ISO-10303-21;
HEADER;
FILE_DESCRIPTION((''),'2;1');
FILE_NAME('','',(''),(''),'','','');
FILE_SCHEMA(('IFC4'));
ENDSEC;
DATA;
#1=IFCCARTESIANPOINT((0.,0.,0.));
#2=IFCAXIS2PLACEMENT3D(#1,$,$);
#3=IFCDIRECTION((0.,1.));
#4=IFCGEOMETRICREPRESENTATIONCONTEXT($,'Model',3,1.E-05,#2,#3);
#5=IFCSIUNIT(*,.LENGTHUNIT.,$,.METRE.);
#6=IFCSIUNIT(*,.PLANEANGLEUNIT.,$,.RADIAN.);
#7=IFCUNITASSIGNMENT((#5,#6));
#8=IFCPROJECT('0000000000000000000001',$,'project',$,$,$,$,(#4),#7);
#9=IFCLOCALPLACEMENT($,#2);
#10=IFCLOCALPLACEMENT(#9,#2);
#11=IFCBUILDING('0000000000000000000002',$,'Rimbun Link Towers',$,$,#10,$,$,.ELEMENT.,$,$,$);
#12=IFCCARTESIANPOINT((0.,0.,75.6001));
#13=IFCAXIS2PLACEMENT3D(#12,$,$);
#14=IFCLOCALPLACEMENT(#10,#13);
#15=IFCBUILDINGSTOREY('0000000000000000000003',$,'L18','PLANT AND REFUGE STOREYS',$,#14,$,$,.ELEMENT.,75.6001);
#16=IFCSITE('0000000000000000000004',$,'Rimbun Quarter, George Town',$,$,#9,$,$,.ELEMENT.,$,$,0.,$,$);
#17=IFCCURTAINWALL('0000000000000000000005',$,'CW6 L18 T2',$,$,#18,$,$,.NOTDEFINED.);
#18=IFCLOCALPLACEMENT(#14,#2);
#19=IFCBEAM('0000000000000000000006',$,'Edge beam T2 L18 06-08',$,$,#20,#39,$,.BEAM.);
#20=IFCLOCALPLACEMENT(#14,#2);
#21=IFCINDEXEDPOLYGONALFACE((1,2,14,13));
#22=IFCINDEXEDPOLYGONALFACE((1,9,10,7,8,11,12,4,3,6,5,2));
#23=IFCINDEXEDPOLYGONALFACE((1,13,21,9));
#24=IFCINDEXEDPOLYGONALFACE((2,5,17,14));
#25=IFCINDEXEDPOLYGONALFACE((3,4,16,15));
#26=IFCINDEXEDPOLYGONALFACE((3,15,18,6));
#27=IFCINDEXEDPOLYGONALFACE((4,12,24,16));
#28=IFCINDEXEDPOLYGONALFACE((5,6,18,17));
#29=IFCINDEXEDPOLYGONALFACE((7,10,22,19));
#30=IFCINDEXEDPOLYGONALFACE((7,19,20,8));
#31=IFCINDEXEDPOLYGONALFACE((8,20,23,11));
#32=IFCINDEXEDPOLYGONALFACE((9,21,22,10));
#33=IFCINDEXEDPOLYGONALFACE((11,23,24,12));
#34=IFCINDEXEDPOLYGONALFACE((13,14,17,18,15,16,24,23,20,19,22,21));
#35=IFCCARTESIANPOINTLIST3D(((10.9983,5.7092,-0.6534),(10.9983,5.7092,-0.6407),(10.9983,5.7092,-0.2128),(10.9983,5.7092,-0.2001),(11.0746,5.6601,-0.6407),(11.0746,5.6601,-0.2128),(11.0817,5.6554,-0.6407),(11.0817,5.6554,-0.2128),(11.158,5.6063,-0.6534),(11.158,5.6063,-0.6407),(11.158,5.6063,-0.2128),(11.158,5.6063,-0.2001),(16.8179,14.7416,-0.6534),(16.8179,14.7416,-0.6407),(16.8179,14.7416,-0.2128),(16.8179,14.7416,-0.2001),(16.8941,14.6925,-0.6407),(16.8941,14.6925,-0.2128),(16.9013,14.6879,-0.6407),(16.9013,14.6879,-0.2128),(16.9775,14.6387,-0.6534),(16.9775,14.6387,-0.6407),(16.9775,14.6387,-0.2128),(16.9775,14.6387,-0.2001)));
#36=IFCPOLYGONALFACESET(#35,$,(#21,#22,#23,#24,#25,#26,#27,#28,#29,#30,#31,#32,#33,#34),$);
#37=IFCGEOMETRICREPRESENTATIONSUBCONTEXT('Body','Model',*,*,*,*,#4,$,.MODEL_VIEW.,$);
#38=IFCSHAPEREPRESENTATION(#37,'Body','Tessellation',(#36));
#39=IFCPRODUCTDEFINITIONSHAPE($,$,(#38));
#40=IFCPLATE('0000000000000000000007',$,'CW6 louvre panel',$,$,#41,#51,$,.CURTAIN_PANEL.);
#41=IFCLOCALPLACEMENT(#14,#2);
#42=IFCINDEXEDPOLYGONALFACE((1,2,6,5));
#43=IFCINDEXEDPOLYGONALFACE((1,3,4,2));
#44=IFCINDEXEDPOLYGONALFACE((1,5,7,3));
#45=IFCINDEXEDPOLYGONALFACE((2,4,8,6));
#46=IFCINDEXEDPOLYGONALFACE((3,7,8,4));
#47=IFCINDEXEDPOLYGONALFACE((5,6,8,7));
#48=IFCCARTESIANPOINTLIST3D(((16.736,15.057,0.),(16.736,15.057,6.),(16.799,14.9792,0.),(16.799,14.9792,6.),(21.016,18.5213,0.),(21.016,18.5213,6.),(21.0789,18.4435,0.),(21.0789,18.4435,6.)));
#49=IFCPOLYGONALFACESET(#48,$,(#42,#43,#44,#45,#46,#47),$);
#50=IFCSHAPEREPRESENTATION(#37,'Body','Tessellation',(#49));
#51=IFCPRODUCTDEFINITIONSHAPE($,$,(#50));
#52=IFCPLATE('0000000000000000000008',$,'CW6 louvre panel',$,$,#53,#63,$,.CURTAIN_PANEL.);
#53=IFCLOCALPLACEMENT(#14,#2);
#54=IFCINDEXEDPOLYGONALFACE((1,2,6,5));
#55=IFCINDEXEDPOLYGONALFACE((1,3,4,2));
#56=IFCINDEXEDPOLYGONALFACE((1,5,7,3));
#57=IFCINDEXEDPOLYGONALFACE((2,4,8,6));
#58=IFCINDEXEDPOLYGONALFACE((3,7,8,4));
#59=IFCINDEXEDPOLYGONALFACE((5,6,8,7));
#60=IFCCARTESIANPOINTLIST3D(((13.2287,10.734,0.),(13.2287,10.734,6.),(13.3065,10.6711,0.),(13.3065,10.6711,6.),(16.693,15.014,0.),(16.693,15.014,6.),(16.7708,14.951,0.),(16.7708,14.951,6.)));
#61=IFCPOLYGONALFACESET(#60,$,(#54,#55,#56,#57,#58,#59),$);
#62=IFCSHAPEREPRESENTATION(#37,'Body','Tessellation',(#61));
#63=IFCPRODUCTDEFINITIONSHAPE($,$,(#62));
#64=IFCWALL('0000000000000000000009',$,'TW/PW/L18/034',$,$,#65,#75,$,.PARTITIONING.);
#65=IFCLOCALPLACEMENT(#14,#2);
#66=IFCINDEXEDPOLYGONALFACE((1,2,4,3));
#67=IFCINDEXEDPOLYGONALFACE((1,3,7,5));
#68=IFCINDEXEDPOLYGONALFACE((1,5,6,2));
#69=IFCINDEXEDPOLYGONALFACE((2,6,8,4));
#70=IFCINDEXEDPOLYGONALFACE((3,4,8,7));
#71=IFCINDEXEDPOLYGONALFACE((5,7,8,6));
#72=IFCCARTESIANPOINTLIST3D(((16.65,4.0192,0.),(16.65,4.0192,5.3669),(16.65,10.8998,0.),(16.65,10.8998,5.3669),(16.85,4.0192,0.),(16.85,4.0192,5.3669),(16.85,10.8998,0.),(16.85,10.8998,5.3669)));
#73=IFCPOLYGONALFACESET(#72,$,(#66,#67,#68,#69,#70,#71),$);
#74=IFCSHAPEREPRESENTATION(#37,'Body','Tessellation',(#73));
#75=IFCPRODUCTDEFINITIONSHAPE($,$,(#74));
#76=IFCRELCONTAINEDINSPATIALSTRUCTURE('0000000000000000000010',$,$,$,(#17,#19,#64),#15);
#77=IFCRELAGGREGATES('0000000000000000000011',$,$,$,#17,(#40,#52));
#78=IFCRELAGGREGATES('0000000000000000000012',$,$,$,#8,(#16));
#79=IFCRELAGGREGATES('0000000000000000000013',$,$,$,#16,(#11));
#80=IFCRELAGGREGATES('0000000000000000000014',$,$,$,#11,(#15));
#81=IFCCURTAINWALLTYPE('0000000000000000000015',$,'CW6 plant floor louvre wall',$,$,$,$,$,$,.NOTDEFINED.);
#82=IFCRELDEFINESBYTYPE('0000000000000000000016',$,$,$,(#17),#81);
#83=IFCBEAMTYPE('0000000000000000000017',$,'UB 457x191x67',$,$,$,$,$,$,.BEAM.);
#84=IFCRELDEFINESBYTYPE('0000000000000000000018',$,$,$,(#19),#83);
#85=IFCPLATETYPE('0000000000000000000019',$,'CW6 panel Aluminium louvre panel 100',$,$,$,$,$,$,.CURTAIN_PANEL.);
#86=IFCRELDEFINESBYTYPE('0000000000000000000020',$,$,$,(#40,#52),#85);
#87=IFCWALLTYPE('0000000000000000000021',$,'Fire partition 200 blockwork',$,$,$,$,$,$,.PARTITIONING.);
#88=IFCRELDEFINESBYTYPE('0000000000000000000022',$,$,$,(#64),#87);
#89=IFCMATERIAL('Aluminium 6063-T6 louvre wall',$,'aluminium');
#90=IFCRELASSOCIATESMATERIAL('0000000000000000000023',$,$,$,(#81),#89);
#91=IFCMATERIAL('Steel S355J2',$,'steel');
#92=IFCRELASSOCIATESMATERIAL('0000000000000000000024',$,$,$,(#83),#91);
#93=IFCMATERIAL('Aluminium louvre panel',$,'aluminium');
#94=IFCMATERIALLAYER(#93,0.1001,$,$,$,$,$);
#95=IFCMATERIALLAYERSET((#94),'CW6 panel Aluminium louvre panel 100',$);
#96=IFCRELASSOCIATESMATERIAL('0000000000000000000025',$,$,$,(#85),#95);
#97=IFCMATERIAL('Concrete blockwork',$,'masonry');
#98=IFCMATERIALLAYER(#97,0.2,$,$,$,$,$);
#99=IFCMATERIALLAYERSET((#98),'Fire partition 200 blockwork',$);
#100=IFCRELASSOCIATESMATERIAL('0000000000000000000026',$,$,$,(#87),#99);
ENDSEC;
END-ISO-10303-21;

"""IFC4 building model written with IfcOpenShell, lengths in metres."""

from ifc_helpers import new_model, si_unit, direction, frame, frame_2d, origin, origin_2d, place, context, subcontext, project, spatial, rectangle, i_section, extrude, material, layer, layer_set, material_profile, profile_set, type_object, element, aggregate, save


model = new_model("IFC4")

# Units and contexts
model_context = context("Model", 3, precision=1e-05, world=origin(), true_north=direction((0.0, 1.0)))
body_context = subcontext(model_context, "Body", "Model", "MODEL_VIEW")
ifc_project = project(units=[si_unit("LENGTHUNIT", "METRE"), si_unit("PLANEANGLEUNIT", "RADIAN")], contexts=[model_context])

# Site, building, storey
site_placement = place(None, origin())
site = spatial("IfcSite", under=ifc_project, at=site_placement, Name="Rimbun Quarter, George Town", CompositionType="ELEMENT", RefElevation=0.0)
building_placement = place(site_placement, origin())
building = spatial("IfcBuilding", under=site, at=building_placement, Name="Rimbun Link Towers", CompositionType="ELEMENT")
storey_placement = place(building_placement, frame((0.0, 0.0, 75.6001)))
storey = spatial("IfcBuildingStorey", under=building, at=storey_placement, Name="L18", Description="PLANT AND REFUGE STOREYS", CompositionType="ELEMENT", Elevation=75.6001)

# Curtain wall
ifc_material_1 = material(Name="Aluminium 6063-T6 louvre wall", Category="aluminium")
curtain_wall_type = type_object("IfcCurtainWallType", Name="CW6 plant floor louvre wall", PredefinedType="NOTDEFINED", material=ifc_material_1)
curtain_wall_placement = place(storey_placement, origin())
curtain_wall = element("IfcCurtainWall", 1, at=curtain_wall_placement, inside=storey, type_object=curtain_wall_type, Name="CW6 L18 T2", PredefinedType="NOTDEFINED")

# Beam
ifc_material_2 = material(Name="Steel S355J2", Category="steel")
ifc_material_profile_1 = material_profile(ifc_material_2, i_section(OverallWidth=0.1899, OverallDepth=0.4534, WebThickness=0.0085, FlangeThickness=0.0127, at=origin_2d()), Name="UB 457x191x67")
ifc_profile_set_1 = profile_set([ifc_material_profile_1], Name="Steel S355J2")
beam_type_1 = type_object("IfcBeamType", Name="UB 457x191x67", PredefinedType="BEAM", material=ifc_profile_set_1)
beam_1_placement = place(storey_placement, frame((16.8977, 14.6902, -0.4268), z_axis=(-0.541613, -0.840628, 0.0), x_axis=(0.840628, -0.541613, 0.0)))
element("IfcBeam", 2, at=beam_1_placement, inside=storey, type_object=beam_type_1, Name="Edge beam T2 L18 06-08", PredefinedType="BEAM", context=body_context, shape_type="SweptSolid", body=[
    extrude(i_section(OverallWidth=0.1899, OverallDepth=0.4534, WebThickness=0.0085, FlangeThickness=0.0127, at=origin_2d()), origin(), (0.0, 0.0, 1.0), 10.7449),
])

# Plates
ifc_material_3 = material(Name="Aluminium louvre panel", Category="aluminium")
ifc_layer_1 = layer(ifc_material_3, 0.1001)
ifc_layer_set_1 = layer_set([ifc_layer_1], Name="CW6 panel Aluminium louvre panel 100")
plate_type = type_object("IfcPlateType", Name="CW6 panel Aluminium louvre panel 100", PredefinedType="CURTAIN_PANEL", material=ifc_layer_set_1)
plate_1_placement = place(storey_placement, frame((18.9075, 16.7502, 0.0), z_axis=(0.0, 0.0, 1.0), x_axis=(0.777276, 0.629159, 0.0)))
plate_1 = element("IfcPlate", 3, at=plate_1_placement, type_object=plate_type, Name="CW6 louvre panel", PredefinedType="CURTAIN_PANEL", context=body_context, shape_type="SweptSolid", body=[
    extrude(rectangle(XDim=5.5063, YDim=0.1001, at=origin_2d()), origin(), (0.0, 0.0, 1.0), 6.0),
])
plate_2_placement = place(storey_placement, frame((14.9998, 12.8425, 0.0), z_axis=(0.0, 0.0, 1.0), x_axis=(0.629159, 0.777276, 0.0)))
plate_2 = element("IfcPlate", 4, at=plate_2_placement, type_object=plate_type, Name="CW6 louvre panel", PredefinedType="CURTAIN_PANEL", context=body_context, shape_type="SweptSolid", body=[
    extrude(rectangle(XDim=5.5063, YDim=0.1001, at=origin_2d()), origin(), (0.0, 0.0, 1.0), 6.0),
])
aggregate(curtain_wall, [plate_1, plate_2])

# Wall
ifc_material_4 = material(Name="Concrete blockwork", Category="masonry")
ifc_layer_2 = layer(ifc_material_4, 0.2)
ifc_layer_set_2 = layer_set([ifc_layer_2], Name="Fire partition 200 blockwork")
wall_type = type_object("IfcWallType", Name="Fire partition 200 blockwork", PredefinedType="PARTITIONING", material=ifc_layer_set_2)
wall_placement = place(storey_placement, frame((16.75, 10.8999, 0.0), z_axis=(0.0, 0.0, 1.0), x_axis=(0.0, -1.0, 0.0)))
element("IfcWall", 5, at=wall_placement, inside=storey, type_object=wall_type, Name="TW/PW/L18/034", PredefinedType="PARTITIONING", context=body_context, shape_type="SweptSolid", body=[
    extrude(rectangle(XDim=6.8806, YDim=0.2, at=frame_2d((3.4404, 0.0))), origin(), (0.0, 0.0, 1.0), 5.3669),
])

save(model, "model.ifc")
